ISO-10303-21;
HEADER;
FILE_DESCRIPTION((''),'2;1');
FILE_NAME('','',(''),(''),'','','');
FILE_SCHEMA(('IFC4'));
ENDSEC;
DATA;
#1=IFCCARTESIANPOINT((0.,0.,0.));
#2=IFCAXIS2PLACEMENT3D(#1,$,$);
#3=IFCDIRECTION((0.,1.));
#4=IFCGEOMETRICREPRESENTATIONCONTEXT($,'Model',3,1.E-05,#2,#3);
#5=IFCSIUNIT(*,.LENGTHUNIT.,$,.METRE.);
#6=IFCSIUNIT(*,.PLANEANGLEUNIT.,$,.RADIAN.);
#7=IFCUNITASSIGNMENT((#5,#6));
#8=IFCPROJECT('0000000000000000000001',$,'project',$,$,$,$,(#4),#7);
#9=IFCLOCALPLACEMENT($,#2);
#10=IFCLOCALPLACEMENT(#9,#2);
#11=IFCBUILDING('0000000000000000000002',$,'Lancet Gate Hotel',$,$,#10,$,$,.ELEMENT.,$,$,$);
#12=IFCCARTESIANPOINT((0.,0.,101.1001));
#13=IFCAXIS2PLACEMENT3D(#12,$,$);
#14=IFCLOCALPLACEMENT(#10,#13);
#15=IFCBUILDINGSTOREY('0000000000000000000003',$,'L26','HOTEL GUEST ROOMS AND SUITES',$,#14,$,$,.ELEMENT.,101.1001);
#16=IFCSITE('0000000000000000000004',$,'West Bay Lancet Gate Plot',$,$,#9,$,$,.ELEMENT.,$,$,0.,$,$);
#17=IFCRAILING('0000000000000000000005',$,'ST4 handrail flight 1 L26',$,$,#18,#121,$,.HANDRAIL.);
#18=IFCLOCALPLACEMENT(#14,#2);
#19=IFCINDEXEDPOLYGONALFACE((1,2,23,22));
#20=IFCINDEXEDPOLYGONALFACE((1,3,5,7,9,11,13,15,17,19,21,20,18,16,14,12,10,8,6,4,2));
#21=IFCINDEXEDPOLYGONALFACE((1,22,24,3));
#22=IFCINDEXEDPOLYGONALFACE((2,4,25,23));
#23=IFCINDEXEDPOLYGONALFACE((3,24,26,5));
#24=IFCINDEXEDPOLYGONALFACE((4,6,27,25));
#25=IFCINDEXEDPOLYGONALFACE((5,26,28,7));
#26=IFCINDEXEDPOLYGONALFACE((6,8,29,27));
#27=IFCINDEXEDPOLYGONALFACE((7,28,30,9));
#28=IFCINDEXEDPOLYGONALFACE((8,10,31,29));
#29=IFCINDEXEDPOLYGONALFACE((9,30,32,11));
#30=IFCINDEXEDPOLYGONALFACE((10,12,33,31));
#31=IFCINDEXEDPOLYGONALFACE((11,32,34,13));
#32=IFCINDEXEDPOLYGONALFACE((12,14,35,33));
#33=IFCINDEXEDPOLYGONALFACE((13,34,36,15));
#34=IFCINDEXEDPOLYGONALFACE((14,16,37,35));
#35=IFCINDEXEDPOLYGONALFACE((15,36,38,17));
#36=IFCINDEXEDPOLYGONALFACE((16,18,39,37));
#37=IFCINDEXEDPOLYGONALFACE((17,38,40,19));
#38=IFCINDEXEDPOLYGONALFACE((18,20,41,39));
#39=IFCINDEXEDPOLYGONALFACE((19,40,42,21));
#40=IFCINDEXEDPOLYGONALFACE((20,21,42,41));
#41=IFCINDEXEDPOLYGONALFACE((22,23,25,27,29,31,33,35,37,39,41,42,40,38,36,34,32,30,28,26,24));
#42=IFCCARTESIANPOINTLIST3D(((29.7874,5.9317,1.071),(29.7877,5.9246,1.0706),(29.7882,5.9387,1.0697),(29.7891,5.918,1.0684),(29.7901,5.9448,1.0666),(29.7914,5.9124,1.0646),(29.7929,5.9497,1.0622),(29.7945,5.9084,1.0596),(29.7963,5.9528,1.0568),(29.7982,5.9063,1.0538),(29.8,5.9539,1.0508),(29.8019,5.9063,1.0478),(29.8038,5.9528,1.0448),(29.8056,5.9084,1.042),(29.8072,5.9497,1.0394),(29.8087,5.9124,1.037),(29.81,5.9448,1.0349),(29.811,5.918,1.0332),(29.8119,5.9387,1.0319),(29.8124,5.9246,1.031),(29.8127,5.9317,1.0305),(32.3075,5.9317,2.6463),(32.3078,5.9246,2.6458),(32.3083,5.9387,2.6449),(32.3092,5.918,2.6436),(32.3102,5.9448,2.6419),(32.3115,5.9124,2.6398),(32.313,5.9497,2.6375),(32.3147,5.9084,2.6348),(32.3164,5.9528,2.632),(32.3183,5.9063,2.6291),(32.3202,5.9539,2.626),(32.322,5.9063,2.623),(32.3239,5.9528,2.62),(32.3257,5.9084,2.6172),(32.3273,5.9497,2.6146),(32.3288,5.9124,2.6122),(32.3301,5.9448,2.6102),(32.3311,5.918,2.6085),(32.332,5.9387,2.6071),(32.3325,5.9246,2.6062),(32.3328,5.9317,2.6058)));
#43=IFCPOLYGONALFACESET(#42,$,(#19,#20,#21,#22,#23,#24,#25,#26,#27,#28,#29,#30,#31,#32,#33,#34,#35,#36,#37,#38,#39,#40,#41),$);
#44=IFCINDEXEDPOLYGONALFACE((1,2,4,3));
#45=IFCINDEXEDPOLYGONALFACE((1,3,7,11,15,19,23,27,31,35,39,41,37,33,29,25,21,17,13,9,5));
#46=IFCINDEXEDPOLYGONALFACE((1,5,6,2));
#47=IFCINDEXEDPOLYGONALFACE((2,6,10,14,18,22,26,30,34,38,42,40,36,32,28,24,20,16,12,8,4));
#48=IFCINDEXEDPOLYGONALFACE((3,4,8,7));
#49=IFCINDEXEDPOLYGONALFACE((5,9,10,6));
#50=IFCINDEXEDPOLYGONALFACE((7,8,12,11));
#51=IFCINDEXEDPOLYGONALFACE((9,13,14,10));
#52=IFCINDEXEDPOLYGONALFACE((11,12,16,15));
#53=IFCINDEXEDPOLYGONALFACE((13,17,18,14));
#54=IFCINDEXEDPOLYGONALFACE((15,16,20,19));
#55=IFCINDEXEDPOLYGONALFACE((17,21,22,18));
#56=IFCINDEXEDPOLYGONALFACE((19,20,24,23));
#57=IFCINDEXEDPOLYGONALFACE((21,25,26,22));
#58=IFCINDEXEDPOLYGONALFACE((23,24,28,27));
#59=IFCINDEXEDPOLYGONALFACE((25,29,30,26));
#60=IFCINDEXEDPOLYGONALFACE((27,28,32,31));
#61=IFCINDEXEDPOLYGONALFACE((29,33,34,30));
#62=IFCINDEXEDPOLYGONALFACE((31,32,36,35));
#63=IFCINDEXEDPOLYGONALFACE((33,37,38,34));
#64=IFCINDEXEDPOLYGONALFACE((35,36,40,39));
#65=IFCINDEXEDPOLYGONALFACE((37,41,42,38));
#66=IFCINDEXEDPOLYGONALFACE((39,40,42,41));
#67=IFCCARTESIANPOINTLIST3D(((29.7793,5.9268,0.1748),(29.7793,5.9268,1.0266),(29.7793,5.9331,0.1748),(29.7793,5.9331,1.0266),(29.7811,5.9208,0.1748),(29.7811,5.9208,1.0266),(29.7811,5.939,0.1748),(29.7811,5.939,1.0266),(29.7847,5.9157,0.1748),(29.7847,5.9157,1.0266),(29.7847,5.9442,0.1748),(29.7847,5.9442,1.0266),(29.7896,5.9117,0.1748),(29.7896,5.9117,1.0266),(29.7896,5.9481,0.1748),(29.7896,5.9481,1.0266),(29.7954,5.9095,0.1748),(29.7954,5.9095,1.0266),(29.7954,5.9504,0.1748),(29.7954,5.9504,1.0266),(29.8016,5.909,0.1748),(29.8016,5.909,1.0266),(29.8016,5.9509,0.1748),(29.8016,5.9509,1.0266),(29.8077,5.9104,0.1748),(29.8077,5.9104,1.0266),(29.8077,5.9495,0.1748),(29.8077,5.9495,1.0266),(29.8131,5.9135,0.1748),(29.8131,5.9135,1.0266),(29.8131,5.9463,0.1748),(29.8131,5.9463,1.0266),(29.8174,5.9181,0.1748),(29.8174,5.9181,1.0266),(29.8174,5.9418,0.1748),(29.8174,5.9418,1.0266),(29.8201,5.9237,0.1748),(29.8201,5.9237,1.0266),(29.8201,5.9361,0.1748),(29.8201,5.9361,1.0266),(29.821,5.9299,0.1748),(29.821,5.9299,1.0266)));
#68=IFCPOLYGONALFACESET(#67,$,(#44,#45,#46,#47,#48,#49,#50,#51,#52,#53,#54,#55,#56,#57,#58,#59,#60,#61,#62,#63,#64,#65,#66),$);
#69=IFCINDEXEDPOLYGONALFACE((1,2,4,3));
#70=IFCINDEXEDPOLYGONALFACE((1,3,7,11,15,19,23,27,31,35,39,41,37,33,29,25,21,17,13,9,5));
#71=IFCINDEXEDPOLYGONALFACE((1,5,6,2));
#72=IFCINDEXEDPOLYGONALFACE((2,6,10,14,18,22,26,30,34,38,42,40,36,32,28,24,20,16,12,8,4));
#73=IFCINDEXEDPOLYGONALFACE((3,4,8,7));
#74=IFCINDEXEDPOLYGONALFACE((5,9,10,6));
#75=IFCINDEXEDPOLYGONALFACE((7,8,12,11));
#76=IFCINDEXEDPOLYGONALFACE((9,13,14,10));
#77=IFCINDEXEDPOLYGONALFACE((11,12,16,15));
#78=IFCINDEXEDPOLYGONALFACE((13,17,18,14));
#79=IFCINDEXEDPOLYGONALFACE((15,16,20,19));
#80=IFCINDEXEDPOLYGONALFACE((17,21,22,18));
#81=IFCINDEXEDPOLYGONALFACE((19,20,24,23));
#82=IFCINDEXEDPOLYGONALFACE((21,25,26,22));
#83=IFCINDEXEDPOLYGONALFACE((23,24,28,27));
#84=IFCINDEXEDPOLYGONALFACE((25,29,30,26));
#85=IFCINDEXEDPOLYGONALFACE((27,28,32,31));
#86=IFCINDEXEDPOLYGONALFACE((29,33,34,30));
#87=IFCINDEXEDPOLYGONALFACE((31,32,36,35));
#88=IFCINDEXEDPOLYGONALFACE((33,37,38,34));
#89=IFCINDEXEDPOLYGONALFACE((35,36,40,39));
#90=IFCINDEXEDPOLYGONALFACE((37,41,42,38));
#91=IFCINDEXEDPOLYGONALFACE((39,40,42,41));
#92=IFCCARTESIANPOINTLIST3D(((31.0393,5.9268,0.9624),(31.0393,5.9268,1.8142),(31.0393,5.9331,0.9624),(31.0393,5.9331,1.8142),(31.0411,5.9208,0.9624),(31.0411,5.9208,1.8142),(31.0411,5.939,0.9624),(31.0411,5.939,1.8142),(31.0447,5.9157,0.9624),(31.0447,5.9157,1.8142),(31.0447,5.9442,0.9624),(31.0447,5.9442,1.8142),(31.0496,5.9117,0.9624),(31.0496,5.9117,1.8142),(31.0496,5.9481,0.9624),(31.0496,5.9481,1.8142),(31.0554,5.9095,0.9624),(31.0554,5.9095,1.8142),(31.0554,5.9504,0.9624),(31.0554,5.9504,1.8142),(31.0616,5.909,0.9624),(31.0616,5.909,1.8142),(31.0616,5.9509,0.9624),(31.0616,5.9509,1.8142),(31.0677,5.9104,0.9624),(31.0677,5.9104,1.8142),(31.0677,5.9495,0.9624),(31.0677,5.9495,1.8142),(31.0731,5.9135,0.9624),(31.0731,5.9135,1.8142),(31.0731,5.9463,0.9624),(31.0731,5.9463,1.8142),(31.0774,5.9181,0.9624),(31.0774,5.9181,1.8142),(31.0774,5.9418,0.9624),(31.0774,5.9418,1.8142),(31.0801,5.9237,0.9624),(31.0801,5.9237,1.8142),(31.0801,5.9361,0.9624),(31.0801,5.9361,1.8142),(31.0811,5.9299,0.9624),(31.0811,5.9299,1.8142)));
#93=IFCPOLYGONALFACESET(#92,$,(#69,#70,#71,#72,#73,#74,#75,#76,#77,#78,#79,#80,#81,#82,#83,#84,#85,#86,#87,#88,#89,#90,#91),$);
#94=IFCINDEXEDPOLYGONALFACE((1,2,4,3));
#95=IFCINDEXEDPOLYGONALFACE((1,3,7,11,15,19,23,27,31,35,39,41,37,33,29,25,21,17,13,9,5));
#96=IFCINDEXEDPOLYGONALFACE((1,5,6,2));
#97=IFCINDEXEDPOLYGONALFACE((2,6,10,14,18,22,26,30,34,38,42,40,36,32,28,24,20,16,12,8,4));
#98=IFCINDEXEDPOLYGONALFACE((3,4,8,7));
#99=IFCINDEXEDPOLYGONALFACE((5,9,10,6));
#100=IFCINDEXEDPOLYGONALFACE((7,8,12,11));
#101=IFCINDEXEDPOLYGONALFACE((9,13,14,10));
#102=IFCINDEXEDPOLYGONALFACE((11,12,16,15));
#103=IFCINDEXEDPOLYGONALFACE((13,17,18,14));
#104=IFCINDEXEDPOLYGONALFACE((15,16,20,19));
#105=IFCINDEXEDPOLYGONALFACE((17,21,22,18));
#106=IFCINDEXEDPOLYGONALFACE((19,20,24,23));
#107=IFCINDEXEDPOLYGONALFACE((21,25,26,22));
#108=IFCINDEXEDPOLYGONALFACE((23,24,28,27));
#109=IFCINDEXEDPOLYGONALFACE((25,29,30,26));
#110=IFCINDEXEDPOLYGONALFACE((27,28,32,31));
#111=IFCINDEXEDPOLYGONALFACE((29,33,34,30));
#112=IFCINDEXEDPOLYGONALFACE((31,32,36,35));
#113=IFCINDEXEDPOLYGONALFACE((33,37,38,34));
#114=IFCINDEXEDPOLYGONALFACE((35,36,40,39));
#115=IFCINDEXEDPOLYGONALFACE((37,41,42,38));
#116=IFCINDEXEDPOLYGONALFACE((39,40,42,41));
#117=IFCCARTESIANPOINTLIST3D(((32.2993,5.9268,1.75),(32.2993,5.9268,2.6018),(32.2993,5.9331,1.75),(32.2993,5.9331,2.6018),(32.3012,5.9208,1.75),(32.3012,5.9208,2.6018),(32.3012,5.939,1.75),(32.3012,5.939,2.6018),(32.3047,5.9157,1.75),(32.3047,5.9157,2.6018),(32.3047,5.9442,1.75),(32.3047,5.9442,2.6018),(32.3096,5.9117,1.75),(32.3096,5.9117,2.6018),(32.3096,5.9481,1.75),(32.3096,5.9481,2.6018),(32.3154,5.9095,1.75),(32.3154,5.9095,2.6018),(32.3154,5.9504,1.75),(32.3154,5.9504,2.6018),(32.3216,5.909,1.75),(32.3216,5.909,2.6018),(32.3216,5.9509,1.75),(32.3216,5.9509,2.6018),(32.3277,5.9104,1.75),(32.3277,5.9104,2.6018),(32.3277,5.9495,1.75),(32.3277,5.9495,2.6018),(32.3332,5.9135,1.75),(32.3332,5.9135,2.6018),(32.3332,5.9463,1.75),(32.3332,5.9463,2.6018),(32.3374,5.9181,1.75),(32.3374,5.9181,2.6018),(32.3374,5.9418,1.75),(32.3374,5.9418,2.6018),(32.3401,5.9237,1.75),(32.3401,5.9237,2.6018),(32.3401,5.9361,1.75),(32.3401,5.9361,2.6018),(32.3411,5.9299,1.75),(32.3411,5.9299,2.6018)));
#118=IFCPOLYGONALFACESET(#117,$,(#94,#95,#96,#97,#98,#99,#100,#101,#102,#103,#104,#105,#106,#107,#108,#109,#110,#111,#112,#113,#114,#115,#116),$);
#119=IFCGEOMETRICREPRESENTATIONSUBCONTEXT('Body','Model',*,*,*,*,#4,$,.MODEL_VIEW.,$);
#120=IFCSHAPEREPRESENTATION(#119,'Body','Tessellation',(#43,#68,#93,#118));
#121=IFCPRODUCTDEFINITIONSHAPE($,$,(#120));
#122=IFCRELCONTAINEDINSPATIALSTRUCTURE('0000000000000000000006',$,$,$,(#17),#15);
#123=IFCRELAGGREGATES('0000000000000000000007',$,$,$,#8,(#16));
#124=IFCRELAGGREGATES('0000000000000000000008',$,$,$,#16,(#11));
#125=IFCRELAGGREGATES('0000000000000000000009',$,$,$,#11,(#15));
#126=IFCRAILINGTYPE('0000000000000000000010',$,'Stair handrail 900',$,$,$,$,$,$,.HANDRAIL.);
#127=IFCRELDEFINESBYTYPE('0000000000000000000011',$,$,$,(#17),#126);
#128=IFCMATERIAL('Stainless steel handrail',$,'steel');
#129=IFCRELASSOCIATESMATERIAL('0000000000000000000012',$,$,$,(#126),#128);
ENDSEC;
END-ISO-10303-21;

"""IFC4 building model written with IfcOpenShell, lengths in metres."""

from ifc_helpers import new_model, si_unit, direction, frame, origin, origin_2d, place, context, subcontext, project, spatial, circle, extrude, material, type_object, element, save


model = new_model("IFC4")

# Units and contexts
model_context = context("Model", 3, precision=1e-05, world=origin(), true_north=direction((0.0, 1.0)))
body_context = subcontext(model_context, "Body", "Model", "MODEL_VIEW")
ifc_project = project(units=[si_unit("LENGTHUNIT", "METRE"), si_unit("PLANEANGLEUNIT", "RADIAN")], contexts=[model_context])

# Site, building, storey
site_placement = place(None, origin())
site = spatial("IfcSite", under=ifc_project, at=site_placement, Name="West Bay Lancet Gate Plot", CompositionType="ELEMENT", RefElevation=0.0)
building_placement = place(site_placement, origin())
building = spatial("IfcBuilding", under=site, at=building_placement, Name="Lancet Gate Hotel", CompositionType="ELEMENT")
storey_placement = place(building_placement, frame((0.0, 0.0, 101.1001)))
storey = spatial("IfcBuildingStorey", under=building, at=storey_placement, Name="L26", Description="HOTEL GUEST ROOMS AND SUITES", CompositionType="ELEMENT", Elevation=101.1001)

# Railing
ifc_material_1 = material(Name="Stainless steel handrail", Category="steel")
railing_type = type_object("IfcRailingType", Name="Stair handrail 900", PredefinedType="HANDRAIL", material=ifc_material_1)
railing_1_placement = place(storey_placement, frame((29.8, 5.9299, 0.1748)))
element("IfcRailing", 1, at=railing_1_placement, inside=storey, type_object=railing_type, Name="ST4 handrail flight 1 L26", PredefinedType="HANDRAIL", context=body_context, shape_type="SweptSolid", body=[
    extrude(circle(Radius=0.0239, at=origin_2d()), frame((0.0, 0.0, 0.876), z_axis=(0.847971, 0.0, 0.530043), x_axis=(0.0, 1.0, 0.0)), (0.0, 0.0, 1.0), 2.9719),
    extrude(circle(Radius=0.021, at=origin_2d()), origin(), (0.0, 0.0, 1.0), 0.8518),
    extrude(circle(Radius=0.021, at=origin_2d()), frame((1.26, 0.0, 0.7876)), (0.0, 0.0, 1.0), 0.8518),
    extrude(circle(Radius=0.021, at=origin_2d()), frame((2.52, 0.0, 1.5752)), (0.0, 0.0, 1.0), 0.8518),
])

save(model, "model.ifc")
